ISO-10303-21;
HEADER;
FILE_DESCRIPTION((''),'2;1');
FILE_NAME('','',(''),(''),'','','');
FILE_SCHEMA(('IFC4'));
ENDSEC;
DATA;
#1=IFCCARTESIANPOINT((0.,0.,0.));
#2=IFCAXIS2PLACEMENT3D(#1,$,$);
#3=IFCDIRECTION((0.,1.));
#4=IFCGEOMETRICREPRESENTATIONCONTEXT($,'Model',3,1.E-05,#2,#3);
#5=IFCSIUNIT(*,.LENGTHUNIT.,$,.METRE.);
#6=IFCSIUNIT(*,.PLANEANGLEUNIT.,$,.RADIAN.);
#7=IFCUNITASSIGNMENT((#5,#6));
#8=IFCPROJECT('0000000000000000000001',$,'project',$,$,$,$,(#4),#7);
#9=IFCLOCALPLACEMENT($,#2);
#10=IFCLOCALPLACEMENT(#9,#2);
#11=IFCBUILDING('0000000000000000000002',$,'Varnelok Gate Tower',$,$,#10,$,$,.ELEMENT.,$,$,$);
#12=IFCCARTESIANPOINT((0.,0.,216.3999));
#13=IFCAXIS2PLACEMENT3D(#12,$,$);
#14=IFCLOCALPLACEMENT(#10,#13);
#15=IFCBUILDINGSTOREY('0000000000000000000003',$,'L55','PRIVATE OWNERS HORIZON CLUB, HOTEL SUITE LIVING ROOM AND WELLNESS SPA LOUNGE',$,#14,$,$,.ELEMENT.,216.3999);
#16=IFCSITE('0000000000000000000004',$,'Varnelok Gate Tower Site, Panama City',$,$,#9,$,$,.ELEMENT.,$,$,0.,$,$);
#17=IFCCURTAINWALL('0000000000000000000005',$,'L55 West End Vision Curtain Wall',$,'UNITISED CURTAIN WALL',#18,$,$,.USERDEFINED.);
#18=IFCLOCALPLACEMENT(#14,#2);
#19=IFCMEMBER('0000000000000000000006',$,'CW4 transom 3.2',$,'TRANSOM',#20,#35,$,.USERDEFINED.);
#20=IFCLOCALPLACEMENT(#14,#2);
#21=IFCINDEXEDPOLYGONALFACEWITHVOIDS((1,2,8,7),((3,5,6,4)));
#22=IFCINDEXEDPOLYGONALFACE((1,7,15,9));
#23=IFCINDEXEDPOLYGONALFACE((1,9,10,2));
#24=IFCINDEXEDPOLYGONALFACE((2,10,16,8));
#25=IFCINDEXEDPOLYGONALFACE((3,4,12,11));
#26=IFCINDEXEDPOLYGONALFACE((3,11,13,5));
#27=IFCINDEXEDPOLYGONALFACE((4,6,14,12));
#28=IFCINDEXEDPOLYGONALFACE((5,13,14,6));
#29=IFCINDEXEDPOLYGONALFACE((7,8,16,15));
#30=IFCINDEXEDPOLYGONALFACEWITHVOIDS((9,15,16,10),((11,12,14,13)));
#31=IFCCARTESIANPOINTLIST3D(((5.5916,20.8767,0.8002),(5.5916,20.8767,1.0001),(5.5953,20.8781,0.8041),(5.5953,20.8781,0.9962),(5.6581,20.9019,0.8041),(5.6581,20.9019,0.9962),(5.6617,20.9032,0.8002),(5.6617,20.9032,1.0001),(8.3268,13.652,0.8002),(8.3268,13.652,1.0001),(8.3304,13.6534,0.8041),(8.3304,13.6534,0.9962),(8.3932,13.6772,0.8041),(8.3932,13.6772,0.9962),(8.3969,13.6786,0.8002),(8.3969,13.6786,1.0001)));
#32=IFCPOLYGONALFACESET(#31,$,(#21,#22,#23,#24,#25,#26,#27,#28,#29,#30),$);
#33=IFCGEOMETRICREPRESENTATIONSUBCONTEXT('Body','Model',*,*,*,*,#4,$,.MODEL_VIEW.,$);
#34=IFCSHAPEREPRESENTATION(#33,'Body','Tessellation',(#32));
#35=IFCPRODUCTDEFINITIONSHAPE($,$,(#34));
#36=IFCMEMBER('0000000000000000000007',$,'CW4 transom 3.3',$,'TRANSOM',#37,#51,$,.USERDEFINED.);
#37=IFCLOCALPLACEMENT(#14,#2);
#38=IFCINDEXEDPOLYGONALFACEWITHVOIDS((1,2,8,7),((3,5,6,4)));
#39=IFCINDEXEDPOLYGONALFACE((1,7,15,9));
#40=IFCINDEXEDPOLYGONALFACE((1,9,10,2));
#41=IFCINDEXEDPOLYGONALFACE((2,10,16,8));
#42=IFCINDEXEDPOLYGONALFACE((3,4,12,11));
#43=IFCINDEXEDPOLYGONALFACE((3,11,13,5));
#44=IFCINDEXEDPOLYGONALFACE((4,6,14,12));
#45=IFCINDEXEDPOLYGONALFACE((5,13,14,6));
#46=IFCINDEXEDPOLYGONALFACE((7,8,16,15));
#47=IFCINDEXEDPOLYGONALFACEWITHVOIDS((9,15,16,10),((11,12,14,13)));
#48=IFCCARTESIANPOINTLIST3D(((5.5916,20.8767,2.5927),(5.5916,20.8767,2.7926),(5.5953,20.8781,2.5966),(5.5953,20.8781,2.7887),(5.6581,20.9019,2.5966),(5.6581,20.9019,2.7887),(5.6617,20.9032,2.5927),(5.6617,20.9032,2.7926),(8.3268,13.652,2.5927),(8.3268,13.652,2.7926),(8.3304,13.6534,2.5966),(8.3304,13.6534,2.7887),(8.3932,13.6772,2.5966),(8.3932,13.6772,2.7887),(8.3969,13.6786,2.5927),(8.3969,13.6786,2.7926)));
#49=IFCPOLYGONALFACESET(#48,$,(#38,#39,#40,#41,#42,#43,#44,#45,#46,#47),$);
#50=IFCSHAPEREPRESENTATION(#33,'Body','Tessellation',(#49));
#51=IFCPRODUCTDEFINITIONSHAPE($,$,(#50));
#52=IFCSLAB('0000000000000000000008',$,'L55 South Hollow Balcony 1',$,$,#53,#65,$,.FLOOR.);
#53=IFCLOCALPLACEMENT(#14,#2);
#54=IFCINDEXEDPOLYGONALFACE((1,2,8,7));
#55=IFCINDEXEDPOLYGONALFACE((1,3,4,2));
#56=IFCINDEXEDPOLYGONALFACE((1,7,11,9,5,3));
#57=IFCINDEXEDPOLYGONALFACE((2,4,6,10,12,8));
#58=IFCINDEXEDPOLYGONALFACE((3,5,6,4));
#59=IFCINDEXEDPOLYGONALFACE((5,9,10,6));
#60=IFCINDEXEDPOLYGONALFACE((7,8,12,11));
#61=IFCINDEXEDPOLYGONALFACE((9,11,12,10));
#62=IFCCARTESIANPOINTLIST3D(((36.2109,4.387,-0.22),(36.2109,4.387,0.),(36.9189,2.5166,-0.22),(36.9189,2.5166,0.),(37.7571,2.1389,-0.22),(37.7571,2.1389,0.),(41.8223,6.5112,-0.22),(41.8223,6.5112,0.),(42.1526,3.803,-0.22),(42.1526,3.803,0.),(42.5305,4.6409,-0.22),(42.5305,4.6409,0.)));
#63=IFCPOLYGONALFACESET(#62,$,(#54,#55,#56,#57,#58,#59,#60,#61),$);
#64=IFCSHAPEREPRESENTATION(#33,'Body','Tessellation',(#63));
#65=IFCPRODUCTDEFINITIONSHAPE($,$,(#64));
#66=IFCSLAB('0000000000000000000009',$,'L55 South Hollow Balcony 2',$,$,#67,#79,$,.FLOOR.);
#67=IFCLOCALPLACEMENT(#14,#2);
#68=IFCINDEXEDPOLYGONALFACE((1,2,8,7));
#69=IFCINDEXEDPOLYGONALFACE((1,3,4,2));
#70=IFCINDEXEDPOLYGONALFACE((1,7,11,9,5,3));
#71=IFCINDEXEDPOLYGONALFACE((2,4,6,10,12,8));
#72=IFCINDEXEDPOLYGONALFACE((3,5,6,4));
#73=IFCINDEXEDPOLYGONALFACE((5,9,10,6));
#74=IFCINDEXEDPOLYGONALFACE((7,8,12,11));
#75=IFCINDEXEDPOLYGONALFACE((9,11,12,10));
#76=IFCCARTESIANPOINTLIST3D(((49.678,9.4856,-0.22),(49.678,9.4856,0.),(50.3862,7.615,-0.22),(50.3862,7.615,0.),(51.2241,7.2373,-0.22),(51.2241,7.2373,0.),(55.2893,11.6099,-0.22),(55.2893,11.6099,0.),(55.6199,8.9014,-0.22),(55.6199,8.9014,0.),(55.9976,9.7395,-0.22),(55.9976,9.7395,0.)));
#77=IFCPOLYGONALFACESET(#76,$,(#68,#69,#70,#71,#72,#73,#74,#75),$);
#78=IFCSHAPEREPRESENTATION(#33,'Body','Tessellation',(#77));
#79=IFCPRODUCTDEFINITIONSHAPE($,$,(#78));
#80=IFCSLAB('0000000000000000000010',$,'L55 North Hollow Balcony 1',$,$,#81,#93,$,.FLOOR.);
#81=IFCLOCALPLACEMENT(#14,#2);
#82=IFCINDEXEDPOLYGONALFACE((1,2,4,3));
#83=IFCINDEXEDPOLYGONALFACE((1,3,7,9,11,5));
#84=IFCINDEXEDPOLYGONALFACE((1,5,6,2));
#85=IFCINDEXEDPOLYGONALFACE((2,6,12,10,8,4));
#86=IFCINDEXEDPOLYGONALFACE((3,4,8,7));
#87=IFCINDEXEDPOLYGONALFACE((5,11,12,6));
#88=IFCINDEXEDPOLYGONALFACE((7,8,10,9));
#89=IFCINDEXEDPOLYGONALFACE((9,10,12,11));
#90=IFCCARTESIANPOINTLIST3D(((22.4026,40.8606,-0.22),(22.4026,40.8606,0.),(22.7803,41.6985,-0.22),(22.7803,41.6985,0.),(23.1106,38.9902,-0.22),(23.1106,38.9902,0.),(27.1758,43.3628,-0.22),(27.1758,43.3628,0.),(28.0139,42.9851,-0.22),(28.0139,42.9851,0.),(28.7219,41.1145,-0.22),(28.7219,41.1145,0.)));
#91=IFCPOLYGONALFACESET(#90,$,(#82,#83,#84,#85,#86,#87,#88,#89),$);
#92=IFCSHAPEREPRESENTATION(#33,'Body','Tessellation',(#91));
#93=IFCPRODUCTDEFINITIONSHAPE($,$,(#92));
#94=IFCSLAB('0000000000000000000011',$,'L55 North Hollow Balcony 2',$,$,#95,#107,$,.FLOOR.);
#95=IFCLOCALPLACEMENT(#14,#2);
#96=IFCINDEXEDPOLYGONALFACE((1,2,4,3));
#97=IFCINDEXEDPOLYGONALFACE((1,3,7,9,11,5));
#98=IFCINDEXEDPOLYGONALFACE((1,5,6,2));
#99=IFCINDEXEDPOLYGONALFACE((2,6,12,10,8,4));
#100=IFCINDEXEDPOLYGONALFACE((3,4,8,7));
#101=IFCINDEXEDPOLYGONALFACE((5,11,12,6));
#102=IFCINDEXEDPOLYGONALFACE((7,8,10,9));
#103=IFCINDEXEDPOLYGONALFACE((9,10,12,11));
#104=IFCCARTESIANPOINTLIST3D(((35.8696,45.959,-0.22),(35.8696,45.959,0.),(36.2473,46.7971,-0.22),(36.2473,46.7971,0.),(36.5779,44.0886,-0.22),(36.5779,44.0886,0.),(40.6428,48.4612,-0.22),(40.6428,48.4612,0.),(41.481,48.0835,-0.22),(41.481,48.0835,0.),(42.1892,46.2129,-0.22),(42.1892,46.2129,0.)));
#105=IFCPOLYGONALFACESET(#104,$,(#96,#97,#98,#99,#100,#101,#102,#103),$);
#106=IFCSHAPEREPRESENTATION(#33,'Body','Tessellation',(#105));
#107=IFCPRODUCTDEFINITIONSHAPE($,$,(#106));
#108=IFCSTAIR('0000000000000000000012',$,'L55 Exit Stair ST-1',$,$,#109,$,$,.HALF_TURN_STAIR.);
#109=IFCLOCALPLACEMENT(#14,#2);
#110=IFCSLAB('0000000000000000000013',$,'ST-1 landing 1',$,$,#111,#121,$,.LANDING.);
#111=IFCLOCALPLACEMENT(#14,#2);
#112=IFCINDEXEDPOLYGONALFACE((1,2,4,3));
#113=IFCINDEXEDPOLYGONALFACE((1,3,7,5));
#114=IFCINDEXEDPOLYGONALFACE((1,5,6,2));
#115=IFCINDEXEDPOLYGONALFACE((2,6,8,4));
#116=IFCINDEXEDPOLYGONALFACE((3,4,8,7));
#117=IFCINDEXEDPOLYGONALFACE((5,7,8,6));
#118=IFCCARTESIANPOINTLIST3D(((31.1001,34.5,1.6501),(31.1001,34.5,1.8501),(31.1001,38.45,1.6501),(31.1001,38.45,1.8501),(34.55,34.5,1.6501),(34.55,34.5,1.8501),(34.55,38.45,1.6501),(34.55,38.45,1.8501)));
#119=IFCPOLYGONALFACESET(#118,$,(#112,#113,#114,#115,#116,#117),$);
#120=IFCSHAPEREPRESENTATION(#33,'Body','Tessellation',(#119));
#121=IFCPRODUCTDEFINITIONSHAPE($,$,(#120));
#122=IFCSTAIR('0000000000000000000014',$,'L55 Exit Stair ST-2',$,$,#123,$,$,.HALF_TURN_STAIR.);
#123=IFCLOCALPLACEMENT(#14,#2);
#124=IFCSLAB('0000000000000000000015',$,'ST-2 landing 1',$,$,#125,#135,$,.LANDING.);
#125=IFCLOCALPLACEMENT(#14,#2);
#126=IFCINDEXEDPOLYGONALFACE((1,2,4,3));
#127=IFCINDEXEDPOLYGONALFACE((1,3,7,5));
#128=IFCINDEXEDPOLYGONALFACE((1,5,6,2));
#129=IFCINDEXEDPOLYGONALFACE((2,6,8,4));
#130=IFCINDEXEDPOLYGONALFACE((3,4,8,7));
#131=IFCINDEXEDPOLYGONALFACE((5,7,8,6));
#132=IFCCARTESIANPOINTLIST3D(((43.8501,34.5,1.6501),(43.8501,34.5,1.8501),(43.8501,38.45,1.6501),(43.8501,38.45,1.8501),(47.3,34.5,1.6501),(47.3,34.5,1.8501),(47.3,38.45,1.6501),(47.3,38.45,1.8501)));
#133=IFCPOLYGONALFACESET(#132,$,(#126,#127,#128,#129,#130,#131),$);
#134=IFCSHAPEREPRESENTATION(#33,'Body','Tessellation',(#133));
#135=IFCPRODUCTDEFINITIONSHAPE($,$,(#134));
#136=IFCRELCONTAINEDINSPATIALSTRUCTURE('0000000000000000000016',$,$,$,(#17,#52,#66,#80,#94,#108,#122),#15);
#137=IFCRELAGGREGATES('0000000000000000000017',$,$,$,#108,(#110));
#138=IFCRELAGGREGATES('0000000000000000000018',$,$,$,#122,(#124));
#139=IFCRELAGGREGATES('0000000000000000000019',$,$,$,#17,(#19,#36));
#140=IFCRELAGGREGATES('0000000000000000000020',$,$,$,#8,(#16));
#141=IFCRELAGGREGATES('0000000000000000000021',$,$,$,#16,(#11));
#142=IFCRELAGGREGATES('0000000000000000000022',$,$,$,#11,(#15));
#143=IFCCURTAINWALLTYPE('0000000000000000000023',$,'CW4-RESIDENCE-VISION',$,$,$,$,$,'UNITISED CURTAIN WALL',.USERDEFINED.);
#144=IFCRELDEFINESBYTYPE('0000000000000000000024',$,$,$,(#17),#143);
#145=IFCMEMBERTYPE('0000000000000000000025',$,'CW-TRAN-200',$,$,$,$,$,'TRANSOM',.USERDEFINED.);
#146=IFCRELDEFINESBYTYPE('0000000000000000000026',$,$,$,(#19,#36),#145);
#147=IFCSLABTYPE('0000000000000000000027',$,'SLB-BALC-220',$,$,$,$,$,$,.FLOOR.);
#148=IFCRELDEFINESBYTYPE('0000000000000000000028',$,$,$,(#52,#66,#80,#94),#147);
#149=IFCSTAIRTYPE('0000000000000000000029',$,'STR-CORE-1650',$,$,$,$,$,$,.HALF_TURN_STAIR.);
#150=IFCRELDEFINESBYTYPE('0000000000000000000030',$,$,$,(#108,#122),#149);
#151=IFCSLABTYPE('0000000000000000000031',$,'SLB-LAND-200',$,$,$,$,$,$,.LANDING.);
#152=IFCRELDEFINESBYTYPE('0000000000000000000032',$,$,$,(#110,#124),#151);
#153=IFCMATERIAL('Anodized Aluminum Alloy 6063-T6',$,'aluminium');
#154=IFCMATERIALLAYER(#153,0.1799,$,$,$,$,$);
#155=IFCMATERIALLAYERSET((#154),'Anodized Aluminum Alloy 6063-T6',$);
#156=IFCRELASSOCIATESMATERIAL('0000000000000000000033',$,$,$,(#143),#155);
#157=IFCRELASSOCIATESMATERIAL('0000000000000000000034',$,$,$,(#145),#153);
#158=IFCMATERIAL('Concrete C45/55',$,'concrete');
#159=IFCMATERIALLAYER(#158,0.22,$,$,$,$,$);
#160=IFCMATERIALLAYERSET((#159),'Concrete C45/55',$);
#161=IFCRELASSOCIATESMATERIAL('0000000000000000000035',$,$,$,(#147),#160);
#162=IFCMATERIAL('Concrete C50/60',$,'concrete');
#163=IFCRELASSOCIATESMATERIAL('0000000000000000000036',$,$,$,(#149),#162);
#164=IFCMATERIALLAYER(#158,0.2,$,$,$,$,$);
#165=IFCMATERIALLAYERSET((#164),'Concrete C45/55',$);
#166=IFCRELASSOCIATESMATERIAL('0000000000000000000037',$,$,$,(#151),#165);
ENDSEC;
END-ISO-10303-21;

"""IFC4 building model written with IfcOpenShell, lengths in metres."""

from ifc_helpers import new_model, si_unit, direction, frame, origin, origin_2d, place, context, subcontext, project, spatial, polyline, hollow_rectangle, outline, extrude, material, layer, layer_set, material_profile, profile_set, type_object, element, aggregate, save


model = new_model("IFC4")

# Units and contexts
model_context = context("Model", 3, precision=1e-05, world=origin(), true_north=direction((0.0, 1.0)))
body_context = subcontext(model_context, "Body", "Model", "MODEL_VIEW")
ifc_project = project(units=[si_unit("LENGTHUNIT", "METRE"), si_unit("PLANEANGLEUNIT", "RADIAN")], contexts=[model_context])

# Site, building, storey
site_placement = place(None, origin())
site = spatial("IfcSite", under=ifc_project, at=site_placement, Name="Varnelok Gate Tower Site, Panama City", CompositionType="ELEMENT", RefElevation=0.0)
building_placement = place(site_placement, origin())
building = spatial("IfcBuilding", under=site, at=building_placement, Name="Varnelok Gate Tower", CompositionType="ELEMENT")
storey_placement = place(building_placement, frame((0.0, 0.0, 216.3999)))
storey = spatial("IfcBuildingStorey", under=building, at=storey_placement, Name="L55", Description="PRIVATE OWNERS HORIZON CLUB, HOTEL SUITE LIVING ROOM AND WELLNESS SPA LOUNGE", CompositionType="ELEMENT", Elevation=216.3999)

# Curtain wall, members
ifc_material_1 = material(Name="Anodized Aluminum Alloy 6063-T6", Category="aluminium")
ifc_layer_1 = layer(ifc_material_1, 0.1799)
ifc_layer_set_1 = layer_set([ifc_layer_1], Name="Anodized Aluminum Alloy 6063-T6")
curtain_wall_type = type_object("IfcCurtainWallType", Name="CW4-RESIDENCE-VISION", ElementType="UNITISED CURTAIN WALL", PredefinedType="USERDEFINED", material=ifc_layer_set_1)
curtain_wall_placement = place(storey_placement, origin())
curtain_wall = element("IfcCurtainWall", 1, at=curtain_wall_placement, inside=storey, type_object=curtain_wall_type, Name="L55 West End Vision Curtain Wall", ObjectType="UNITISED CURTAIN WALL", PredefinedType="USERDEFINED")
ifc_material_profile_1 = material_profile(ifc_material_1, hollow_rectangle(XDim=0.075, YDim=0.2, WallThickness=0.0039, at=origin_2d()), Name="ALU200X75X4")
ifc_profile_set_1 = profile_set([ifc_material_profile_1], Name="Anodized Aluminum Alloy 6063-T6")
member_type_1 = type_object("IfcMemberType", Name="CW-TRAN-200", ElementType="TRANSOM", PredefinedType="USERDEFINED", material=ifc_profile_set_1)
member_1_placement = place(storey_placement, frame((8.3618, 13.6653, 0.9001), z_axis=(-0.354059, 0.935223, 0.0), x_axis=(-0.935223, -0.354059, 0.0)))
member_1 = element("IfcMember", 2, at=member_1_placement, type_object=member_type_1, Name="CW4 transom 3.2", ObjectType="TRANSOM", PredefinedType="USERDEFINED", context=body_context, shape_type="SweptSolid", body=[
    extrude(hollow_rectangle(XDim=0.075, YDim=0.2, WallThickness=0.0039, at=origin_2d()), origin(), (0.0, 0.0, 1.0), 7.7251),
])
member_2_placement = place(storey_placement, frame((8.3618, 13.6653, 2.6926), z_axis=(-0.354059, 0.935223, 0.0), x_axis=(-0.935223, -0.354059, 0.0)))
member_2 = element("IfcMember", 3, at=member_2_placement, type_object=member_type_1, Name="CW4 transom 3.3", ObjectType="TRANSOM", PredefinedType="USERDEFINED", context=body_context, shape_type="SweptSolid", body=[
    extrude(hollow_rectangle(XDim=0.075, YDim=0.2, WallThickness=0.0039, at=origin_2d()), origin(), (0.0, 0.0, 1.0), 7.7251),
])

# Slabs
ifc_material_2 = material(Name="Concrete C45/55", Category="concrete")
ifc_layer_2 = layer(ifc_material_2, 0.22)
ifc_layer_set_2 = layer_set([ifc_layer_2], Name="Concrete C45/55")
slab_type_1 = type_object("IfcSlabType", Name="SLB-BALC-220", PredefinedType="FLOOR", material=ifc_layer_set_2)
slab_1_placement = place(storey_placement, frame((0.0, 0.0, -0.22)))
element("IfcSlab", 4, at=slab_1_placement, inside=storey, type_object=slab_type_1, Name="L55 South Hollow Balcony 1", PredefinedType="FLOOR", context=body_context, shape_type="SweptSolid", body=[
    extrude(outline(polyline([(36.9189, 2.5166), (37.7571, 2.1389), (42.1526, 3.803), (42.5305, 4.6409), (41.8223, 6.5112), (36.2109, 4.387), (36.9189, 2.5166)])), origin(), (0.0, 0.0, 1.0), 0.22),
])
slab_2_placement = place(storey_placement, frame((0.0, 0.0, -0.22)))
element("IfcSlab", 5, at=slab_2_placement, inside=storey, type_object=slab_type_1, Name="L55 South Hollow Balcony 2", PredefinedType="FLOOR", context=body_context, shape_type="SweptSolid", body=[
    extrude(outline(polyline([(50.3862, 7.615), (51.2241, 7.2373), (55.6199, 8.9014), (55.9976, 9.7395), (55.2893, 11.6099), (49.678, 9.4856), (50.3862, 7.615)])), origin(), (0.0, 0.0, 1.0), 0.22),
])
slab_3_placement = place(storey_placement, frame((0.0, 0.0, -0.22)))
element("IfcSlab", 6, at=slab_3_placement, inside=storey, type_object=slab_type_1, Name="L55 North Hollow Balcony 1", PredefinedType="FLOOR", context=body_context, shape_type="SweptSolid", body=[
    extrude(outline(polyline([(23.1106, 38.9902), (28.7219, 41.1145), (28.0139, 42.9851), (27.1758, 43.3628), (22.7803, 41.6985), (22.4026, 40.8606), (23.1106, 38.9902)])), origin(), (0.0, 0.0, 1.0), 0.22),
])
slab_4_placement = place(storey_placement, frame((0.0, 0.0, -0.22)))
element("IfcSlab", 7, at=slab_4_placement, inside=storey, type_object=slab_type_1, Name="L55 North Hollow Balcony 2", PredefinedType="FLOOR", context=body_context, shape_type="SweptSolid", body=[
    extrude(outline(polyline([(36.5779, 44.0886), (42.1892, 46.2129), (41.481, 48.0835), (40.6428, 48.4612), (36.2473, 46.7971), (35.8696, 45.959), (36.5779, 44.0886)])), origin(), (0.0, 0.0, 1.0), 0.22),
])

# Stairs, slabs
ifc_material_3 = material(Name="Concrete C50/60", Category="concrete")
stair_type = type_object("IfcStairType", Name="STR-CORE-1650", PredefinedType="HALF_TURN_STAIR", material=ifc_material_3)
stair_1_placement = place(storey_placement, origin())
stair_1 = element("IfcStair", 8, at=stair_1_placement, inside=storey, type_object=stair_type, Name="L55 Exit Stair ST-1", PredefinedType="HALF_TURN_STAIR")
ifc_layer_3 = layer(ifc_material_2, 0.2)
ifc_layer_set_3 = layer_set([ifc_layer_3], Name="Concrete C45/55")
slab_type_2 = type_object("IfcSlabType", Name="SLB-LAND-200", PredefinedType="LANDING", material=ifc_layer_set_3)
slab_5_placement = place(storey_placement, frame((0.0, 0.0, 1.6501)))
slab_5 = element("IfcSlab", 9, at=slab_5_placement, type_object=slab_type_2, Name="ST-1 landing 1", PredefinedType="LANDING", context=body_context, shape_type="SweptSolid", body=[
    extrude(outline(polyline([(34.55, 34.5), (34.55, 38.45), (31.1001, 38.45), (31.1001, 34.5), (34.55, 34.5)])), origin(), (0.0, 0.0, 1.0), 0.2),
])
aggregate(stair_1, [slab_5])
stair_2_placement = place(storey_placement, origin())
stair_2 = element("IfcStair", 10, at=stair_2_placement, inside=storey, type_object=stair_type, Name="L55 Exit Stair ST-2", PredefinedType="HALF_TURN_STAIR")
slab_6_placement = place(storey_placement, frame((0.0, 0.0, 1.6501)))
slab_6 = element("IfcSlab", 11, at=slab_6_placement, type_object=slab_type_2, Name="ST-2 landing 1", PredefinedType="LANDING", context=body_context, shape_type="SweptSolid", body=[
    extrude(outline(polyline([(47.3, 34.5), (47.3, 38.45), (43.8501, 38.45), (43.8501, 34.5), (47.3, 34.5)])), origin(), (0.0, 0.0, 1.0), 0.2),
])
aggregate(stair_2, [slab_6])

aggregate(curtain_wall, [member_1, member_2])

save(model, "model.ifc")
